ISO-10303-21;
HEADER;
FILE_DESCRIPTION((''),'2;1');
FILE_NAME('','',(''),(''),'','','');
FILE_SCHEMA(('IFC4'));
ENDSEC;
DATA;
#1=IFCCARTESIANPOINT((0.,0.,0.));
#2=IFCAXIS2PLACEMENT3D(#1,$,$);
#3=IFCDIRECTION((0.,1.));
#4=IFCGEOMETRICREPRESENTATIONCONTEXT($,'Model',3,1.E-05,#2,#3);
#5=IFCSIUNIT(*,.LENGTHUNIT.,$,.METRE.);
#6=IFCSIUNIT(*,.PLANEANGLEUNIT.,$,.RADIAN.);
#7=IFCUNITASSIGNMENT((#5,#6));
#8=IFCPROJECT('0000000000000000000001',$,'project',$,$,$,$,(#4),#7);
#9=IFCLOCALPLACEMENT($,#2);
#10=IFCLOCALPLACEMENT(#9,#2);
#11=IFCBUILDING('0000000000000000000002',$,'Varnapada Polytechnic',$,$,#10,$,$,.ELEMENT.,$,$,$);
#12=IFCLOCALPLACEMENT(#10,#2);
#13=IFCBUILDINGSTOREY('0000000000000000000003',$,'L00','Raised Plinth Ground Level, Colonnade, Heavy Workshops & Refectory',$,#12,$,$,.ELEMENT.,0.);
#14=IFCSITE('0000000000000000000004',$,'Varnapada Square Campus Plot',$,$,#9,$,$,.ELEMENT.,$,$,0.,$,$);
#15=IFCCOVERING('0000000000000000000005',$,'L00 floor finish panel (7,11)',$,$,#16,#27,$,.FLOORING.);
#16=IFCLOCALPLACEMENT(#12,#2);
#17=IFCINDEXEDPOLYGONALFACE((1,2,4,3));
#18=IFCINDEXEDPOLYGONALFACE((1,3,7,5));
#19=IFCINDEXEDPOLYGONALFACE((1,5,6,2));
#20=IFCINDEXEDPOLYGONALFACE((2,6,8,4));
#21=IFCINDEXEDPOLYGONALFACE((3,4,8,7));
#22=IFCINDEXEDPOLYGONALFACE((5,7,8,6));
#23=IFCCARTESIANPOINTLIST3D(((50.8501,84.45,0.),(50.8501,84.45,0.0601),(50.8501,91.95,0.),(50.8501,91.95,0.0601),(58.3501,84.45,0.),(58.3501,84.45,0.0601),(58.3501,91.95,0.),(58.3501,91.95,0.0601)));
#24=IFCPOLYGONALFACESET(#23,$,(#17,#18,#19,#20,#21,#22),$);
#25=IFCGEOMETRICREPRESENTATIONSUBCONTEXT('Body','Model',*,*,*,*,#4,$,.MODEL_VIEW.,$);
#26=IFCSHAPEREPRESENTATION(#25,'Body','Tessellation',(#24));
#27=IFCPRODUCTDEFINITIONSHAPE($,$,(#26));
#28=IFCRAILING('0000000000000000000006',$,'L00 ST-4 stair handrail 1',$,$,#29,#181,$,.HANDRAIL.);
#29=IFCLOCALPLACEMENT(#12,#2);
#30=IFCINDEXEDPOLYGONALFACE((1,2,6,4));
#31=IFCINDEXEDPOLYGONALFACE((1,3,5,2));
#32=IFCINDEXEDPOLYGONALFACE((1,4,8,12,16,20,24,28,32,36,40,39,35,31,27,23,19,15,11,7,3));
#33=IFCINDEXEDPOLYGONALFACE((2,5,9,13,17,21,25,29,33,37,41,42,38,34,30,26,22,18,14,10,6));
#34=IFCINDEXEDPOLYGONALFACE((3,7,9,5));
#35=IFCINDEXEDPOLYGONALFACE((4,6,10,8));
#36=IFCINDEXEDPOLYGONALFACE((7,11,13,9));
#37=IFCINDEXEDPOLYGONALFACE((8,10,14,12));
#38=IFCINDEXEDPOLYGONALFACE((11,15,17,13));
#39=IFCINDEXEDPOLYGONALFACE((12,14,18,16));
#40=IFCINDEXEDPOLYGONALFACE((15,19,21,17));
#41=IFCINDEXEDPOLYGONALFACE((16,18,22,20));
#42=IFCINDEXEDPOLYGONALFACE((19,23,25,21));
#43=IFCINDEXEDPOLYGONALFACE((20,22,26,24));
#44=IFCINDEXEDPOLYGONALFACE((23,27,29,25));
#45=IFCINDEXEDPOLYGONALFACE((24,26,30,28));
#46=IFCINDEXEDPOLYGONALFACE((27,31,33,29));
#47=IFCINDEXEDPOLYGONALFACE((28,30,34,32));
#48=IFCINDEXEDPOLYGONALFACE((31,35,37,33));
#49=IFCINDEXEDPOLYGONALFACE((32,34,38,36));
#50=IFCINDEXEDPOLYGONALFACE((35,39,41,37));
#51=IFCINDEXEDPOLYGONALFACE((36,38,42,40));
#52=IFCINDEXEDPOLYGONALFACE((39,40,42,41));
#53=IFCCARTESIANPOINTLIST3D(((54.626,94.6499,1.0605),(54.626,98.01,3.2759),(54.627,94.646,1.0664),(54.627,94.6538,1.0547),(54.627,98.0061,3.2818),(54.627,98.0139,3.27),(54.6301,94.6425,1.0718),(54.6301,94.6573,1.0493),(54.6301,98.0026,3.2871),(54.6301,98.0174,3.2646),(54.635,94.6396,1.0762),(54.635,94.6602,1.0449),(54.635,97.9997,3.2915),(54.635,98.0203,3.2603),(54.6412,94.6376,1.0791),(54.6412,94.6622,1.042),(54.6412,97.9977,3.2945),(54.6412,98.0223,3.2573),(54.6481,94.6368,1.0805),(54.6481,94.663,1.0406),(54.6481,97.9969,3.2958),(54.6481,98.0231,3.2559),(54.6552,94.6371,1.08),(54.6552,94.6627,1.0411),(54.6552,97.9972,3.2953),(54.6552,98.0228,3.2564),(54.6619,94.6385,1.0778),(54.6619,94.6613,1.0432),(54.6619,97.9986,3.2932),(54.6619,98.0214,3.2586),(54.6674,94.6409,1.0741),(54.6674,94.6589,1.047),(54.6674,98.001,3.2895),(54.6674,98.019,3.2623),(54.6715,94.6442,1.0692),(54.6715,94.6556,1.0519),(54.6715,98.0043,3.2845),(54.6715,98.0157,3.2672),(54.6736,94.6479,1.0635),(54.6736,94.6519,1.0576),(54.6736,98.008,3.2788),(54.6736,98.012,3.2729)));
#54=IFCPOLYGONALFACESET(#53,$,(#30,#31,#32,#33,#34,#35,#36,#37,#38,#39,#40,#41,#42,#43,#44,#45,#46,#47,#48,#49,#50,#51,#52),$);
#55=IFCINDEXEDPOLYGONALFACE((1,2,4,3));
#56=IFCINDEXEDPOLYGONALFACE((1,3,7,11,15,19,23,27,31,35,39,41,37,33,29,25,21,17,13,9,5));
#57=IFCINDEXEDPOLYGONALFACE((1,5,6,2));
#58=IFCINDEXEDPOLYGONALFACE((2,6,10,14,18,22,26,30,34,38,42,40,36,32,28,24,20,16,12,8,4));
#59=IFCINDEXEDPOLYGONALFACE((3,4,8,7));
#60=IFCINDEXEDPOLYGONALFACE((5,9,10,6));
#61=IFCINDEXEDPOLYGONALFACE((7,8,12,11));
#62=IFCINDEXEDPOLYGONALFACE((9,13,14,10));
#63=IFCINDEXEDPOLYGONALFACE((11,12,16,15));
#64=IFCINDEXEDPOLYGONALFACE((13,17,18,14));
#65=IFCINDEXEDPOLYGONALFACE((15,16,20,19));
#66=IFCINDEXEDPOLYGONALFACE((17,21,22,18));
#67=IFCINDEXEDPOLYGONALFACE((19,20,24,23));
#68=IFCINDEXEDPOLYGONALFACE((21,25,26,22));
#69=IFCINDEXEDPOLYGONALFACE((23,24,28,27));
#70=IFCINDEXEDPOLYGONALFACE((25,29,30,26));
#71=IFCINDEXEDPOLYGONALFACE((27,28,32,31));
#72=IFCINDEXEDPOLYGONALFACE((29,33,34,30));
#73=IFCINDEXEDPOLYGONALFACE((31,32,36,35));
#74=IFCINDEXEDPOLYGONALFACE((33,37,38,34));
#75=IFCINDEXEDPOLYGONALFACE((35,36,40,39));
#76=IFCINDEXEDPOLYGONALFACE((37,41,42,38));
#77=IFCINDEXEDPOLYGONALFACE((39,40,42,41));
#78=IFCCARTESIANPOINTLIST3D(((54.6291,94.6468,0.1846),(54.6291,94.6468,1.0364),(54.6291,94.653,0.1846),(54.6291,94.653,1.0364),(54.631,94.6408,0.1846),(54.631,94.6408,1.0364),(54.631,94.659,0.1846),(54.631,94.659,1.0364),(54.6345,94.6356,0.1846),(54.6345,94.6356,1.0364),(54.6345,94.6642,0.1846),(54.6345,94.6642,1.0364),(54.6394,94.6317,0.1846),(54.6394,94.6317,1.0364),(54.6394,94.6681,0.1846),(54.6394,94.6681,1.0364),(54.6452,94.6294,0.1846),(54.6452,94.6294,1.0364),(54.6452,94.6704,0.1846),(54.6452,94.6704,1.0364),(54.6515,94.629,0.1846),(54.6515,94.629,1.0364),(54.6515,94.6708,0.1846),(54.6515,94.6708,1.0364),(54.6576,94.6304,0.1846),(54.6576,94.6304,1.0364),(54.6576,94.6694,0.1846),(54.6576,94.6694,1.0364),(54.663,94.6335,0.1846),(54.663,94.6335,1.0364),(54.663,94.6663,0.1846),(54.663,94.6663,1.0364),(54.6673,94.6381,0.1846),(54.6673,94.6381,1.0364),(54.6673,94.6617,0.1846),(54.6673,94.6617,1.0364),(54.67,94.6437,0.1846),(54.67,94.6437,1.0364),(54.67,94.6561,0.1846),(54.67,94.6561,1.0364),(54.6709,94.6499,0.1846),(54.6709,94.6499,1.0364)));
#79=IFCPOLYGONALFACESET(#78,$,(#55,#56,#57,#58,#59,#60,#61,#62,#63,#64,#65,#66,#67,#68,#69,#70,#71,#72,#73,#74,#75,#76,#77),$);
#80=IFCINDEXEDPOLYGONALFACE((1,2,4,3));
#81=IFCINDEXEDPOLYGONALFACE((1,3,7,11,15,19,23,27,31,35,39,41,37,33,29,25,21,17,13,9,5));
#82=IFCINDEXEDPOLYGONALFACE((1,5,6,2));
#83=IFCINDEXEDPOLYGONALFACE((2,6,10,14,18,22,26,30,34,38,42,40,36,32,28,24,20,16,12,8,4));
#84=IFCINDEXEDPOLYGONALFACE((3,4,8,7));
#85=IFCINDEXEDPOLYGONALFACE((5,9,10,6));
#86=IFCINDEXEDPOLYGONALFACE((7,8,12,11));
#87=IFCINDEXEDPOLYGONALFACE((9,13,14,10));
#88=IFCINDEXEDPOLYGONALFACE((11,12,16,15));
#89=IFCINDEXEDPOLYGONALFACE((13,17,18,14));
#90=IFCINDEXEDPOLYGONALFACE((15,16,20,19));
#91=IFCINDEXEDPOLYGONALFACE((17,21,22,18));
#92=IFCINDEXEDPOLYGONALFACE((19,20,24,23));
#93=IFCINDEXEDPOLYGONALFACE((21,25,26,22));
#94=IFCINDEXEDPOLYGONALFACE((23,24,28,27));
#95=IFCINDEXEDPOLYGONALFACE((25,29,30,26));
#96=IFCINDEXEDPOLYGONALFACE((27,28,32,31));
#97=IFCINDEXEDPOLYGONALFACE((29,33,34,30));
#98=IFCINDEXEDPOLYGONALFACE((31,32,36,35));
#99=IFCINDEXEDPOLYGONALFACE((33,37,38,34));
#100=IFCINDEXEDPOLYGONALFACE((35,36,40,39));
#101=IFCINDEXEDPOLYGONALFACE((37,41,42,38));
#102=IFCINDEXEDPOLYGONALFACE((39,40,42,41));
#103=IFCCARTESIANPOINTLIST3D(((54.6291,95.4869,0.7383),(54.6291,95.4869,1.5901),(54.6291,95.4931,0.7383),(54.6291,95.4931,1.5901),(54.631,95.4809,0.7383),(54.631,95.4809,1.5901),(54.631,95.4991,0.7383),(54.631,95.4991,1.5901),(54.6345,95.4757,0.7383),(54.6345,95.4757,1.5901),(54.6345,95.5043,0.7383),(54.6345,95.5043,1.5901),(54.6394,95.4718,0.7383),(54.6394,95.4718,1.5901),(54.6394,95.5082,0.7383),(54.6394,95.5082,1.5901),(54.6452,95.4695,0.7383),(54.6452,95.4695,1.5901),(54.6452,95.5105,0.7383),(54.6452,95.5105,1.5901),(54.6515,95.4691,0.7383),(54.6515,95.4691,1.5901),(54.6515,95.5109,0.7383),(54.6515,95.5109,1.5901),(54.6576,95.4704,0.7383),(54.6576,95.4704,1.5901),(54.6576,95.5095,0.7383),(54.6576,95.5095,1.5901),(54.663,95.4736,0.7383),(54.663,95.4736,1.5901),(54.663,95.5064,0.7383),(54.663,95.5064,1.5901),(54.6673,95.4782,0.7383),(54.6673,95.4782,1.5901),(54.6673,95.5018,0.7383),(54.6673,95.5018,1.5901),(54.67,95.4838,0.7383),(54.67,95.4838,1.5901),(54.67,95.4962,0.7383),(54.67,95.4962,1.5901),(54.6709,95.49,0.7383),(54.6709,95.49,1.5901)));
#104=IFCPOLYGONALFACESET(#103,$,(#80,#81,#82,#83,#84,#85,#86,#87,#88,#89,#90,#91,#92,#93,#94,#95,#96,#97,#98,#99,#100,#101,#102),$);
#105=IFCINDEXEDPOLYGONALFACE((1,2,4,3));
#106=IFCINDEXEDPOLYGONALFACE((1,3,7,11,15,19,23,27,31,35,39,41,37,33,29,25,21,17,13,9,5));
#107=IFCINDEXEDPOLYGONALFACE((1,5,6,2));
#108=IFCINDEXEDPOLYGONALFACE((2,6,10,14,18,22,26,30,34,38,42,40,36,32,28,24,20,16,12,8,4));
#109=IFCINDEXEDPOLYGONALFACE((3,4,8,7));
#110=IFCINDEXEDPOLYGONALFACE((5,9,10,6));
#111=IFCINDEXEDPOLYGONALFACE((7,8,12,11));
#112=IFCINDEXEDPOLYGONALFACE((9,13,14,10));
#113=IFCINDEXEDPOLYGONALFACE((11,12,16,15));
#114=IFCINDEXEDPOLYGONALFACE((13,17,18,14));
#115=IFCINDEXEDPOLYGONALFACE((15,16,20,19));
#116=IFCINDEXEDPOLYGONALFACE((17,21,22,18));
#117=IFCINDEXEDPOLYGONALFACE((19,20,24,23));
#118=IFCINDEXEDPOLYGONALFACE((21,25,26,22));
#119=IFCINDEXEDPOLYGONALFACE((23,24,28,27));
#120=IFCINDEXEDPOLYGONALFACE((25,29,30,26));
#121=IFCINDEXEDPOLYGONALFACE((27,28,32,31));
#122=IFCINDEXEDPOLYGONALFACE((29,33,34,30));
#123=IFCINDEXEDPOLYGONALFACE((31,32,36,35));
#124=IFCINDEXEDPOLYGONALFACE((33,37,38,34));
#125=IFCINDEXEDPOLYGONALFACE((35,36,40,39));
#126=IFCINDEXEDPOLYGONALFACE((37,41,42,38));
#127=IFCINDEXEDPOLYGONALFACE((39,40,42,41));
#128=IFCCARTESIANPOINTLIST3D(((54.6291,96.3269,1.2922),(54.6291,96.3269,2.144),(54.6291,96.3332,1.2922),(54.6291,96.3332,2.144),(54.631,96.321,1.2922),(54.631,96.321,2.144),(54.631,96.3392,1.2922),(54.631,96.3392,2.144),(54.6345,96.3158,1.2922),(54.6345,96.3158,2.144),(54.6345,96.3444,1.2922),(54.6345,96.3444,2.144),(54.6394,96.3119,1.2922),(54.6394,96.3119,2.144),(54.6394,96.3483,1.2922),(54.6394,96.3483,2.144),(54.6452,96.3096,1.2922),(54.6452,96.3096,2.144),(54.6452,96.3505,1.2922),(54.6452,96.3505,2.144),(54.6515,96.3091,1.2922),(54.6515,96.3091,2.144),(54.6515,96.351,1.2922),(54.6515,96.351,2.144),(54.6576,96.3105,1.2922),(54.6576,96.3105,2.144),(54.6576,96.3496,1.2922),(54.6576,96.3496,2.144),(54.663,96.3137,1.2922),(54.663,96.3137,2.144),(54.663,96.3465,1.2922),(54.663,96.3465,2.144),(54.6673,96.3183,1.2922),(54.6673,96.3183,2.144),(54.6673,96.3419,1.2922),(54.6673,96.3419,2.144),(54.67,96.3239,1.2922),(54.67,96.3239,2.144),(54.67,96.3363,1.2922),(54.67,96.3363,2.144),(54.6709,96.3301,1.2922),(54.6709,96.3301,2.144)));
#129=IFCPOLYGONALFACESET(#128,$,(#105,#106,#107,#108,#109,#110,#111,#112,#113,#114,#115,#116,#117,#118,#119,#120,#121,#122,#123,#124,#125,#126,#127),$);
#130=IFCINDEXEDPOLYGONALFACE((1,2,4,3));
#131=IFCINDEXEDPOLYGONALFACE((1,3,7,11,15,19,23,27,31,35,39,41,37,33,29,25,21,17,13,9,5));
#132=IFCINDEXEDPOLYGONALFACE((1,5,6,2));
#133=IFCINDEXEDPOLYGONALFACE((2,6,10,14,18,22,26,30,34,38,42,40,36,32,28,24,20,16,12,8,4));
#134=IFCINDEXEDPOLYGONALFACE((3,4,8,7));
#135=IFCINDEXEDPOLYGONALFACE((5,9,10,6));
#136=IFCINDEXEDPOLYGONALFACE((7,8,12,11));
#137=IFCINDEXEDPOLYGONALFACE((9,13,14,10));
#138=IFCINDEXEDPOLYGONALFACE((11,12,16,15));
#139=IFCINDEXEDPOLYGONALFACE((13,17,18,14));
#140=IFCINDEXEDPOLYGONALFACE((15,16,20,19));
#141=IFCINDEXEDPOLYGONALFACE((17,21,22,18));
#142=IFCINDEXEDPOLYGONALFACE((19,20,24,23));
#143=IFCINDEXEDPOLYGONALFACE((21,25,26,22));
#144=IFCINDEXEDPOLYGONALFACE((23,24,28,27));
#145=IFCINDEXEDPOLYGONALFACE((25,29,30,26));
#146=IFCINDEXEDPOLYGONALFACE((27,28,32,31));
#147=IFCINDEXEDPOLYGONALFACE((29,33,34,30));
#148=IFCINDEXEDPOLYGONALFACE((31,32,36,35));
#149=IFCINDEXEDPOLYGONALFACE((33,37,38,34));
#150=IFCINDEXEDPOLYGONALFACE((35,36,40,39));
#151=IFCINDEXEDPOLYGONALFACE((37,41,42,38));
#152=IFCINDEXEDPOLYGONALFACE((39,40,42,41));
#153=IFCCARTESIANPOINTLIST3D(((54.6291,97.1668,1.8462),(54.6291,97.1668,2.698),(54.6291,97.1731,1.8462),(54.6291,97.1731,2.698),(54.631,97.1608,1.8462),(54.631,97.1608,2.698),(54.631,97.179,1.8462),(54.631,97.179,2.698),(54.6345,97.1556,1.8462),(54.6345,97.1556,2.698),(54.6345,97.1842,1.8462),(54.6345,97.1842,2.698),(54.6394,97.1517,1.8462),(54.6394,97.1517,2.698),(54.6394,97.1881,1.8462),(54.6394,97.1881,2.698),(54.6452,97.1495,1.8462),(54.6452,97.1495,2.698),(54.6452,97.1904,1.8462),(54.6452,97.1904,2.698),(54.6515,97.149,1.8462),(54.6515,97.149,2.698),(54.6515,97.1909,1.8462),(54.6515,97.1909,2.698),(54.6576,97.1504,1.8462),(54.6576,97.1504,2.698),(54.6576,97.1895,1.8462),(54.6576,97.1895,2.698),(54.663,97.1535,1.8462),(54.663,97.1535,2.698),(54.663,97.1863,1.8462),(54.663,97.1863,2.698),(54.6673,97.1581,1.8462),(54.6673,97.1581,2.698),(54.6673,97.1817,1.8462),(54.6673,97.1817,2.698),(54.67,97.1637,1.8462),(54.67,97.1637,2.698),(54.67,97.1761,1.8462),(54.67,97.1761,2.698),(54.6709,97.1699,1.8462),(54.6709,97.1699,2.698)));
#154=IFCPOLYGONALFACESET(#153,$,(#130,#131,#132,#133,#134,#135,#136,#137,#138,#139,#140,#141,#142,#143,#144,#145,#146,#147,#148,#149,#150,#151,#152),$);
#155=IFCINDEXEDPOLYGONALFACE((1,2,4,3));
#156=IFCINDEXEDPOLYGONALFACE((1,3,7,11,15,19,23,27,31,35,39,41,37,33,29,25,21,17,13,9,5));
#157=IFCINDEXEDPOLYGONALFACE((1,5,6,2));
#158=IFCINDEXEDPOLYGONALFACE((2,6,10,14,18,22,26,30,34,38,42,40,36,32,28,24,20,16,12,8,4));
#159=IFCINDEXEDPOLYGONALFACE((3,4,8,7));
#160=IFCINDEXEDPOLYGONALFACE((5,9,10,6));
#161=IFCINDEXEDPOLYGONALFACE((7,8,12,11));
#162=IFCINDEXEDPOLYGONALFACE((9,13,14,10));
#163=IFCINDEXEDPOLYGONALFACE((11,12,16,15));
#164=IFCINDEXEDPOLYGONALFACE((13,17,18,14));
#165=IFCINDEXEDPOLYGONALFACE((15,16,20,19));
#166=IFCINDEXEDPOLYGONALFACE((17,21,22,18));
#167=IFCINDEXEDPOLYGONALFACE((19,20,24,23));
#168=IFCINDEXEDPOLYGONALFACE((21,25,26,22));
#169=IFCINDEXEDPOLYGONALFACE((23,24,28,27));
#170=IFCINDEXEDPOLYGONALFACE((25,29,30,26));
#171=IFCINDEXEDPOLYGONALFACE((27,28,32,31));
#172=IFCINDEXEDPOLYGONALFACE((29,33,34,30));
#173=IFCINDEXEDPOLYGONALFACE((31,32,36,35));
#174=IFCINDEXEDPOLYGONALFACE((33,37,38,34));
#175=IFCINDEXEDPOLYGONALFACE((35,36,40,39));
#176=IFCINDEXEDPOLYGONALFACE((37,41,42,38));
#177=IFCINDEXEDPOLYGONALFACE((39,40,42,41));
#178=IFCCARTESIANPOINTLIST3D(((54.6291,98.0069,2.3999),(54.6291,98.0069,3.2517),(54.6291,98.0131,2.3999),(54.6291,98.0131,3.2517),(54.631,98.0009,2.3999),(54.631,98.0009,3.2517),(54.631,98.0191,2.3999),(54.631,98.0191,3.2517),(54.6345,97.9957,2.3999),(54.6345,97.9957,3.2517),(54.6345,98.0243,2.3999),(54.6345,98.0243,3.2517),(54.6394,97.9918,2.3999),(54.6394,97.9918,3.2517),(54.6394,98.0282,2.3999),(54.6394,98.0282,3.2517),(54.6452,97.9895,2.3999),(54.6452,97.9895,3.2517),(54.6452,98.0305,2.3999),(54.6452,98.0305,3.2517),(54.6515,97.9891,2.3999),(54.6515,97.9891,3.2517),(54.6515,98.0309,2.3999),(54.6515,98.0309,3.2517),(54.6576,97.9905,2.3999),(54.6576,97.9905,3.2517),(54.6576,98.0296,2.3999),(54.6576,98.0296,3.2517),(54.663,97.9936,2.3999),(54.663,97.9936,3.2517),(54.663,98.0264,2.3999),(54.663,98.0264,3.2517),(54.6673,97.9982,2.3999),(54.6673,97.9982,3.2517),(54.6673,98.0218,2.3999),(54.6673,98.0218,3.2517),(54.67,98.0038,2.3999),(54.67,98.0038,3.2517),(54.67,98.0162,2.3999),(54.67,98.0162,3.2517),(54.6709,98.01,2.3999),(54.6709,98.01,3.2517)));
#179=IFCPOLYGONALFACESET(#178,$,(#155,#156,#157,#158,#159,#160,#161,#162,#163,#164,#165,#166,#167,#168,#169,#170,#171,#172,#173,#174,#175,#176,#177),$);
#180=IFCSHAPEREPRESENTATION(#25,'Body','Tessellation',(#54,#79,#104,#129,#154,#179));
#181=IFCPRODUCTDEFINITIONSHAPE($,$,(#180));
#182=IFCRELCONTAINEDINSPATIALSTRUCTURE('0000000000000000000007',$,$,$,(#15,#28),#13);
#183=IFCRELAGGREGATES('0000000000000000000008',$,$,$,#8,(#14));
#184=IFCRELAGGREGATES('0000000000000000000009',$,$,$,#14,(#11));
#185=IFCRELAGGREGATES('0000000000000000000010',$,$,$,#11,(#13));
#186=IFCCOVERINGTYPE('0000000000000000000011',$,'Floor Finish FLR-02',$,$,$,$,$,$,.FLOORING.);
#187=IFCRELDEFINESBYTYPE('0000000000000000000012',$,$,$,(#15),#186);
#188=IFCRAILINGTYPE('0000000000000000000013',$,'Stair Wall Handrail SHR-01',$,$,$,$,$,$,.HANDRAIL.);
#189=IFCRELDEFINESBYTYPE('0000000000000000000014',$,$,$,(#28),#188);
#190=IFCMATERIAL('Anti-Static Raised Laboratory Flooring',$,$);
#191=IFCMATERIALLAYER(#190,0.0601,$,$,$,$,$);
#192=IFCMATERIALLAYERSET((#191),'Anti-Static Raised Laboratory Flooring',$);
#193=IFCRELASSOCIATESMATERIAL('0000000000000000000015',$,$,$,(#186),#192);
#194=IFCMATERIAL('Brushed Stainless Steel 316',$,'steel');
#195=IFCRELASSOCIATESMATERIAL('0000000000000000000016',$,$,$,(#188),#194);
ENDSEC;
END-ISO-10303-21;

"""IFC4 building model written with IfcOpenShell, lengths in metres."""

from ifc_helpers import new_model, si_unit, direction, frame, origin, origin_2d, place, context, subcontext, project, spatial, rectangle, circle, extrude, material, layer, layer_set, type_object, element, save


model = new_model("IFC4")

# Units and contexts
model_context = context("Model", 3, precision=1e-05, world=origin(), true_north=direction((0.0, 1.0)))
body_context = subcontext(model_context, "Body", "Model", "MODEL_VIEW")
ifc_project = project(units=[si_unit("LENGTHUNIT", "METRE"), si_unit("PLANEANGLEUNIT", "RADIAN")], contexts=[model_context])

# Site, building, storey
site_placement = place(None, origin())
site = spatial("IfcSite", under=ifc_project, at=site_placement, Name="Varnapada Square Campus Plot", CompositionType="ELEMENT", RefElevation=0.0)
building_placement = place(site_placement, origin())
building = spatial("IfcBuilding", under=site, at=building_placement, Name="Varnapada Polytechnic", CompositionType="ELEMENT")
storey_placement = place(building_placement, origin())
storey = spatial("IfcBuildingStorey", under=building, at=storey_placement, Name="L00", Description="Raised Plinth Ground Level, Colonnade, Heavy Workshops & Refectory", CompositionType="ELEMENT", Elevation=0.0)

# Shared definitions
ifc_material_1 = material(Name="Brushed Stainless Steel 316", Category="steel")

# Covering
ifc_material_2 = material(Name="Anti-Static Raised Laboratory Flooring")
ifc_layer_1 = layer(ifc_material_2, 0.0601)
ifc_layer_set_1 = layer_set([ifc_layer_1], Name="Anti-Static Raised Laboratory Flooring")
covering_type_1 = type_object("IfcCoveringType", Name="Floor Finish FLR-02", PredefinedType="FLOORING", material=ifc_layer_set_1)
for number, where, z_axis, x_axis, name in (
    (1, (54.6001, 88.2, 0.0), (0.0, 0.0, 1.0), (1.0, 0.0, 0.0), "L00 floor finish panel (7,11)"),
):
    element("IfcCovering", number, at=place(storey_placement, frame(where, z_axis=z_axis, x_axis=x_axis)), inside=storey, type_object=covering_type_1, Name=name, PredefinedType="FLOORING", context=body_context, shape_type="SweptSolid", body=[
        extrude(rectangle(XDim=7.5, YDim=7.5, at=origin_2d()), origin(), (0.0, 0.0, 1.0), 0.0601),
    ])

# Railing
railing_type_1 = type_object("IfcRailingType", Name="Stair Wall Handrail SHR-01", PredefinedType="HANDRAIL", material=ifc_material_1)
railing_1_placement = place(storey_placement, frame((54.6499, 94.6499, 0.1846)))
element("IfcRailing", 2, at=railing_1_placement, inside=storey, type_object=railing_type_1, Name="L00 ST-4 stair handrail 1", PredefinedType="HANDRAIL", context=body_context, shape_type="SweptSolid", body=[
    extrude(circle(Radius=0.0239, at=origin_2d()), frame((0.0, 0.0, 0.876), z_axis=(0.0, 0.834876, 0.550437), x_axis=(-1.0, 0.0, 0.0)), (0.0, 0.0, 1.0), 4.0247),
    extrude(circle(Radius=0.021, at=origin_2d()), origin(), (0.0, 0.0, 1.0), 0.8518),
    extrude(circle(Radius=0.021, at=origin_2d()), frame((0.0, 0.8401, 0.5537)), (0.0, 0.0, 1.0), 0.8518),
    extrude(circle(Radius=0.021, at=origin_2d()), frame((0.0, 1.6802, 1.1077)), (0.0, 0.0, 1.0), 0.8518),
    extrude(circle(Radius=0.021, at=origin_2d()), frame((0.0, 2.52, 1.6616)), (0.0, 0.0, 1.0), 0.8518),
    extrude(circle(Radius=0.021, at=origin_2d()), frame((0.0, 3.3601, 2.2153)), (0.0, 0.0, 1.0), 0.8518),
])

save(model, "model.ifc")
